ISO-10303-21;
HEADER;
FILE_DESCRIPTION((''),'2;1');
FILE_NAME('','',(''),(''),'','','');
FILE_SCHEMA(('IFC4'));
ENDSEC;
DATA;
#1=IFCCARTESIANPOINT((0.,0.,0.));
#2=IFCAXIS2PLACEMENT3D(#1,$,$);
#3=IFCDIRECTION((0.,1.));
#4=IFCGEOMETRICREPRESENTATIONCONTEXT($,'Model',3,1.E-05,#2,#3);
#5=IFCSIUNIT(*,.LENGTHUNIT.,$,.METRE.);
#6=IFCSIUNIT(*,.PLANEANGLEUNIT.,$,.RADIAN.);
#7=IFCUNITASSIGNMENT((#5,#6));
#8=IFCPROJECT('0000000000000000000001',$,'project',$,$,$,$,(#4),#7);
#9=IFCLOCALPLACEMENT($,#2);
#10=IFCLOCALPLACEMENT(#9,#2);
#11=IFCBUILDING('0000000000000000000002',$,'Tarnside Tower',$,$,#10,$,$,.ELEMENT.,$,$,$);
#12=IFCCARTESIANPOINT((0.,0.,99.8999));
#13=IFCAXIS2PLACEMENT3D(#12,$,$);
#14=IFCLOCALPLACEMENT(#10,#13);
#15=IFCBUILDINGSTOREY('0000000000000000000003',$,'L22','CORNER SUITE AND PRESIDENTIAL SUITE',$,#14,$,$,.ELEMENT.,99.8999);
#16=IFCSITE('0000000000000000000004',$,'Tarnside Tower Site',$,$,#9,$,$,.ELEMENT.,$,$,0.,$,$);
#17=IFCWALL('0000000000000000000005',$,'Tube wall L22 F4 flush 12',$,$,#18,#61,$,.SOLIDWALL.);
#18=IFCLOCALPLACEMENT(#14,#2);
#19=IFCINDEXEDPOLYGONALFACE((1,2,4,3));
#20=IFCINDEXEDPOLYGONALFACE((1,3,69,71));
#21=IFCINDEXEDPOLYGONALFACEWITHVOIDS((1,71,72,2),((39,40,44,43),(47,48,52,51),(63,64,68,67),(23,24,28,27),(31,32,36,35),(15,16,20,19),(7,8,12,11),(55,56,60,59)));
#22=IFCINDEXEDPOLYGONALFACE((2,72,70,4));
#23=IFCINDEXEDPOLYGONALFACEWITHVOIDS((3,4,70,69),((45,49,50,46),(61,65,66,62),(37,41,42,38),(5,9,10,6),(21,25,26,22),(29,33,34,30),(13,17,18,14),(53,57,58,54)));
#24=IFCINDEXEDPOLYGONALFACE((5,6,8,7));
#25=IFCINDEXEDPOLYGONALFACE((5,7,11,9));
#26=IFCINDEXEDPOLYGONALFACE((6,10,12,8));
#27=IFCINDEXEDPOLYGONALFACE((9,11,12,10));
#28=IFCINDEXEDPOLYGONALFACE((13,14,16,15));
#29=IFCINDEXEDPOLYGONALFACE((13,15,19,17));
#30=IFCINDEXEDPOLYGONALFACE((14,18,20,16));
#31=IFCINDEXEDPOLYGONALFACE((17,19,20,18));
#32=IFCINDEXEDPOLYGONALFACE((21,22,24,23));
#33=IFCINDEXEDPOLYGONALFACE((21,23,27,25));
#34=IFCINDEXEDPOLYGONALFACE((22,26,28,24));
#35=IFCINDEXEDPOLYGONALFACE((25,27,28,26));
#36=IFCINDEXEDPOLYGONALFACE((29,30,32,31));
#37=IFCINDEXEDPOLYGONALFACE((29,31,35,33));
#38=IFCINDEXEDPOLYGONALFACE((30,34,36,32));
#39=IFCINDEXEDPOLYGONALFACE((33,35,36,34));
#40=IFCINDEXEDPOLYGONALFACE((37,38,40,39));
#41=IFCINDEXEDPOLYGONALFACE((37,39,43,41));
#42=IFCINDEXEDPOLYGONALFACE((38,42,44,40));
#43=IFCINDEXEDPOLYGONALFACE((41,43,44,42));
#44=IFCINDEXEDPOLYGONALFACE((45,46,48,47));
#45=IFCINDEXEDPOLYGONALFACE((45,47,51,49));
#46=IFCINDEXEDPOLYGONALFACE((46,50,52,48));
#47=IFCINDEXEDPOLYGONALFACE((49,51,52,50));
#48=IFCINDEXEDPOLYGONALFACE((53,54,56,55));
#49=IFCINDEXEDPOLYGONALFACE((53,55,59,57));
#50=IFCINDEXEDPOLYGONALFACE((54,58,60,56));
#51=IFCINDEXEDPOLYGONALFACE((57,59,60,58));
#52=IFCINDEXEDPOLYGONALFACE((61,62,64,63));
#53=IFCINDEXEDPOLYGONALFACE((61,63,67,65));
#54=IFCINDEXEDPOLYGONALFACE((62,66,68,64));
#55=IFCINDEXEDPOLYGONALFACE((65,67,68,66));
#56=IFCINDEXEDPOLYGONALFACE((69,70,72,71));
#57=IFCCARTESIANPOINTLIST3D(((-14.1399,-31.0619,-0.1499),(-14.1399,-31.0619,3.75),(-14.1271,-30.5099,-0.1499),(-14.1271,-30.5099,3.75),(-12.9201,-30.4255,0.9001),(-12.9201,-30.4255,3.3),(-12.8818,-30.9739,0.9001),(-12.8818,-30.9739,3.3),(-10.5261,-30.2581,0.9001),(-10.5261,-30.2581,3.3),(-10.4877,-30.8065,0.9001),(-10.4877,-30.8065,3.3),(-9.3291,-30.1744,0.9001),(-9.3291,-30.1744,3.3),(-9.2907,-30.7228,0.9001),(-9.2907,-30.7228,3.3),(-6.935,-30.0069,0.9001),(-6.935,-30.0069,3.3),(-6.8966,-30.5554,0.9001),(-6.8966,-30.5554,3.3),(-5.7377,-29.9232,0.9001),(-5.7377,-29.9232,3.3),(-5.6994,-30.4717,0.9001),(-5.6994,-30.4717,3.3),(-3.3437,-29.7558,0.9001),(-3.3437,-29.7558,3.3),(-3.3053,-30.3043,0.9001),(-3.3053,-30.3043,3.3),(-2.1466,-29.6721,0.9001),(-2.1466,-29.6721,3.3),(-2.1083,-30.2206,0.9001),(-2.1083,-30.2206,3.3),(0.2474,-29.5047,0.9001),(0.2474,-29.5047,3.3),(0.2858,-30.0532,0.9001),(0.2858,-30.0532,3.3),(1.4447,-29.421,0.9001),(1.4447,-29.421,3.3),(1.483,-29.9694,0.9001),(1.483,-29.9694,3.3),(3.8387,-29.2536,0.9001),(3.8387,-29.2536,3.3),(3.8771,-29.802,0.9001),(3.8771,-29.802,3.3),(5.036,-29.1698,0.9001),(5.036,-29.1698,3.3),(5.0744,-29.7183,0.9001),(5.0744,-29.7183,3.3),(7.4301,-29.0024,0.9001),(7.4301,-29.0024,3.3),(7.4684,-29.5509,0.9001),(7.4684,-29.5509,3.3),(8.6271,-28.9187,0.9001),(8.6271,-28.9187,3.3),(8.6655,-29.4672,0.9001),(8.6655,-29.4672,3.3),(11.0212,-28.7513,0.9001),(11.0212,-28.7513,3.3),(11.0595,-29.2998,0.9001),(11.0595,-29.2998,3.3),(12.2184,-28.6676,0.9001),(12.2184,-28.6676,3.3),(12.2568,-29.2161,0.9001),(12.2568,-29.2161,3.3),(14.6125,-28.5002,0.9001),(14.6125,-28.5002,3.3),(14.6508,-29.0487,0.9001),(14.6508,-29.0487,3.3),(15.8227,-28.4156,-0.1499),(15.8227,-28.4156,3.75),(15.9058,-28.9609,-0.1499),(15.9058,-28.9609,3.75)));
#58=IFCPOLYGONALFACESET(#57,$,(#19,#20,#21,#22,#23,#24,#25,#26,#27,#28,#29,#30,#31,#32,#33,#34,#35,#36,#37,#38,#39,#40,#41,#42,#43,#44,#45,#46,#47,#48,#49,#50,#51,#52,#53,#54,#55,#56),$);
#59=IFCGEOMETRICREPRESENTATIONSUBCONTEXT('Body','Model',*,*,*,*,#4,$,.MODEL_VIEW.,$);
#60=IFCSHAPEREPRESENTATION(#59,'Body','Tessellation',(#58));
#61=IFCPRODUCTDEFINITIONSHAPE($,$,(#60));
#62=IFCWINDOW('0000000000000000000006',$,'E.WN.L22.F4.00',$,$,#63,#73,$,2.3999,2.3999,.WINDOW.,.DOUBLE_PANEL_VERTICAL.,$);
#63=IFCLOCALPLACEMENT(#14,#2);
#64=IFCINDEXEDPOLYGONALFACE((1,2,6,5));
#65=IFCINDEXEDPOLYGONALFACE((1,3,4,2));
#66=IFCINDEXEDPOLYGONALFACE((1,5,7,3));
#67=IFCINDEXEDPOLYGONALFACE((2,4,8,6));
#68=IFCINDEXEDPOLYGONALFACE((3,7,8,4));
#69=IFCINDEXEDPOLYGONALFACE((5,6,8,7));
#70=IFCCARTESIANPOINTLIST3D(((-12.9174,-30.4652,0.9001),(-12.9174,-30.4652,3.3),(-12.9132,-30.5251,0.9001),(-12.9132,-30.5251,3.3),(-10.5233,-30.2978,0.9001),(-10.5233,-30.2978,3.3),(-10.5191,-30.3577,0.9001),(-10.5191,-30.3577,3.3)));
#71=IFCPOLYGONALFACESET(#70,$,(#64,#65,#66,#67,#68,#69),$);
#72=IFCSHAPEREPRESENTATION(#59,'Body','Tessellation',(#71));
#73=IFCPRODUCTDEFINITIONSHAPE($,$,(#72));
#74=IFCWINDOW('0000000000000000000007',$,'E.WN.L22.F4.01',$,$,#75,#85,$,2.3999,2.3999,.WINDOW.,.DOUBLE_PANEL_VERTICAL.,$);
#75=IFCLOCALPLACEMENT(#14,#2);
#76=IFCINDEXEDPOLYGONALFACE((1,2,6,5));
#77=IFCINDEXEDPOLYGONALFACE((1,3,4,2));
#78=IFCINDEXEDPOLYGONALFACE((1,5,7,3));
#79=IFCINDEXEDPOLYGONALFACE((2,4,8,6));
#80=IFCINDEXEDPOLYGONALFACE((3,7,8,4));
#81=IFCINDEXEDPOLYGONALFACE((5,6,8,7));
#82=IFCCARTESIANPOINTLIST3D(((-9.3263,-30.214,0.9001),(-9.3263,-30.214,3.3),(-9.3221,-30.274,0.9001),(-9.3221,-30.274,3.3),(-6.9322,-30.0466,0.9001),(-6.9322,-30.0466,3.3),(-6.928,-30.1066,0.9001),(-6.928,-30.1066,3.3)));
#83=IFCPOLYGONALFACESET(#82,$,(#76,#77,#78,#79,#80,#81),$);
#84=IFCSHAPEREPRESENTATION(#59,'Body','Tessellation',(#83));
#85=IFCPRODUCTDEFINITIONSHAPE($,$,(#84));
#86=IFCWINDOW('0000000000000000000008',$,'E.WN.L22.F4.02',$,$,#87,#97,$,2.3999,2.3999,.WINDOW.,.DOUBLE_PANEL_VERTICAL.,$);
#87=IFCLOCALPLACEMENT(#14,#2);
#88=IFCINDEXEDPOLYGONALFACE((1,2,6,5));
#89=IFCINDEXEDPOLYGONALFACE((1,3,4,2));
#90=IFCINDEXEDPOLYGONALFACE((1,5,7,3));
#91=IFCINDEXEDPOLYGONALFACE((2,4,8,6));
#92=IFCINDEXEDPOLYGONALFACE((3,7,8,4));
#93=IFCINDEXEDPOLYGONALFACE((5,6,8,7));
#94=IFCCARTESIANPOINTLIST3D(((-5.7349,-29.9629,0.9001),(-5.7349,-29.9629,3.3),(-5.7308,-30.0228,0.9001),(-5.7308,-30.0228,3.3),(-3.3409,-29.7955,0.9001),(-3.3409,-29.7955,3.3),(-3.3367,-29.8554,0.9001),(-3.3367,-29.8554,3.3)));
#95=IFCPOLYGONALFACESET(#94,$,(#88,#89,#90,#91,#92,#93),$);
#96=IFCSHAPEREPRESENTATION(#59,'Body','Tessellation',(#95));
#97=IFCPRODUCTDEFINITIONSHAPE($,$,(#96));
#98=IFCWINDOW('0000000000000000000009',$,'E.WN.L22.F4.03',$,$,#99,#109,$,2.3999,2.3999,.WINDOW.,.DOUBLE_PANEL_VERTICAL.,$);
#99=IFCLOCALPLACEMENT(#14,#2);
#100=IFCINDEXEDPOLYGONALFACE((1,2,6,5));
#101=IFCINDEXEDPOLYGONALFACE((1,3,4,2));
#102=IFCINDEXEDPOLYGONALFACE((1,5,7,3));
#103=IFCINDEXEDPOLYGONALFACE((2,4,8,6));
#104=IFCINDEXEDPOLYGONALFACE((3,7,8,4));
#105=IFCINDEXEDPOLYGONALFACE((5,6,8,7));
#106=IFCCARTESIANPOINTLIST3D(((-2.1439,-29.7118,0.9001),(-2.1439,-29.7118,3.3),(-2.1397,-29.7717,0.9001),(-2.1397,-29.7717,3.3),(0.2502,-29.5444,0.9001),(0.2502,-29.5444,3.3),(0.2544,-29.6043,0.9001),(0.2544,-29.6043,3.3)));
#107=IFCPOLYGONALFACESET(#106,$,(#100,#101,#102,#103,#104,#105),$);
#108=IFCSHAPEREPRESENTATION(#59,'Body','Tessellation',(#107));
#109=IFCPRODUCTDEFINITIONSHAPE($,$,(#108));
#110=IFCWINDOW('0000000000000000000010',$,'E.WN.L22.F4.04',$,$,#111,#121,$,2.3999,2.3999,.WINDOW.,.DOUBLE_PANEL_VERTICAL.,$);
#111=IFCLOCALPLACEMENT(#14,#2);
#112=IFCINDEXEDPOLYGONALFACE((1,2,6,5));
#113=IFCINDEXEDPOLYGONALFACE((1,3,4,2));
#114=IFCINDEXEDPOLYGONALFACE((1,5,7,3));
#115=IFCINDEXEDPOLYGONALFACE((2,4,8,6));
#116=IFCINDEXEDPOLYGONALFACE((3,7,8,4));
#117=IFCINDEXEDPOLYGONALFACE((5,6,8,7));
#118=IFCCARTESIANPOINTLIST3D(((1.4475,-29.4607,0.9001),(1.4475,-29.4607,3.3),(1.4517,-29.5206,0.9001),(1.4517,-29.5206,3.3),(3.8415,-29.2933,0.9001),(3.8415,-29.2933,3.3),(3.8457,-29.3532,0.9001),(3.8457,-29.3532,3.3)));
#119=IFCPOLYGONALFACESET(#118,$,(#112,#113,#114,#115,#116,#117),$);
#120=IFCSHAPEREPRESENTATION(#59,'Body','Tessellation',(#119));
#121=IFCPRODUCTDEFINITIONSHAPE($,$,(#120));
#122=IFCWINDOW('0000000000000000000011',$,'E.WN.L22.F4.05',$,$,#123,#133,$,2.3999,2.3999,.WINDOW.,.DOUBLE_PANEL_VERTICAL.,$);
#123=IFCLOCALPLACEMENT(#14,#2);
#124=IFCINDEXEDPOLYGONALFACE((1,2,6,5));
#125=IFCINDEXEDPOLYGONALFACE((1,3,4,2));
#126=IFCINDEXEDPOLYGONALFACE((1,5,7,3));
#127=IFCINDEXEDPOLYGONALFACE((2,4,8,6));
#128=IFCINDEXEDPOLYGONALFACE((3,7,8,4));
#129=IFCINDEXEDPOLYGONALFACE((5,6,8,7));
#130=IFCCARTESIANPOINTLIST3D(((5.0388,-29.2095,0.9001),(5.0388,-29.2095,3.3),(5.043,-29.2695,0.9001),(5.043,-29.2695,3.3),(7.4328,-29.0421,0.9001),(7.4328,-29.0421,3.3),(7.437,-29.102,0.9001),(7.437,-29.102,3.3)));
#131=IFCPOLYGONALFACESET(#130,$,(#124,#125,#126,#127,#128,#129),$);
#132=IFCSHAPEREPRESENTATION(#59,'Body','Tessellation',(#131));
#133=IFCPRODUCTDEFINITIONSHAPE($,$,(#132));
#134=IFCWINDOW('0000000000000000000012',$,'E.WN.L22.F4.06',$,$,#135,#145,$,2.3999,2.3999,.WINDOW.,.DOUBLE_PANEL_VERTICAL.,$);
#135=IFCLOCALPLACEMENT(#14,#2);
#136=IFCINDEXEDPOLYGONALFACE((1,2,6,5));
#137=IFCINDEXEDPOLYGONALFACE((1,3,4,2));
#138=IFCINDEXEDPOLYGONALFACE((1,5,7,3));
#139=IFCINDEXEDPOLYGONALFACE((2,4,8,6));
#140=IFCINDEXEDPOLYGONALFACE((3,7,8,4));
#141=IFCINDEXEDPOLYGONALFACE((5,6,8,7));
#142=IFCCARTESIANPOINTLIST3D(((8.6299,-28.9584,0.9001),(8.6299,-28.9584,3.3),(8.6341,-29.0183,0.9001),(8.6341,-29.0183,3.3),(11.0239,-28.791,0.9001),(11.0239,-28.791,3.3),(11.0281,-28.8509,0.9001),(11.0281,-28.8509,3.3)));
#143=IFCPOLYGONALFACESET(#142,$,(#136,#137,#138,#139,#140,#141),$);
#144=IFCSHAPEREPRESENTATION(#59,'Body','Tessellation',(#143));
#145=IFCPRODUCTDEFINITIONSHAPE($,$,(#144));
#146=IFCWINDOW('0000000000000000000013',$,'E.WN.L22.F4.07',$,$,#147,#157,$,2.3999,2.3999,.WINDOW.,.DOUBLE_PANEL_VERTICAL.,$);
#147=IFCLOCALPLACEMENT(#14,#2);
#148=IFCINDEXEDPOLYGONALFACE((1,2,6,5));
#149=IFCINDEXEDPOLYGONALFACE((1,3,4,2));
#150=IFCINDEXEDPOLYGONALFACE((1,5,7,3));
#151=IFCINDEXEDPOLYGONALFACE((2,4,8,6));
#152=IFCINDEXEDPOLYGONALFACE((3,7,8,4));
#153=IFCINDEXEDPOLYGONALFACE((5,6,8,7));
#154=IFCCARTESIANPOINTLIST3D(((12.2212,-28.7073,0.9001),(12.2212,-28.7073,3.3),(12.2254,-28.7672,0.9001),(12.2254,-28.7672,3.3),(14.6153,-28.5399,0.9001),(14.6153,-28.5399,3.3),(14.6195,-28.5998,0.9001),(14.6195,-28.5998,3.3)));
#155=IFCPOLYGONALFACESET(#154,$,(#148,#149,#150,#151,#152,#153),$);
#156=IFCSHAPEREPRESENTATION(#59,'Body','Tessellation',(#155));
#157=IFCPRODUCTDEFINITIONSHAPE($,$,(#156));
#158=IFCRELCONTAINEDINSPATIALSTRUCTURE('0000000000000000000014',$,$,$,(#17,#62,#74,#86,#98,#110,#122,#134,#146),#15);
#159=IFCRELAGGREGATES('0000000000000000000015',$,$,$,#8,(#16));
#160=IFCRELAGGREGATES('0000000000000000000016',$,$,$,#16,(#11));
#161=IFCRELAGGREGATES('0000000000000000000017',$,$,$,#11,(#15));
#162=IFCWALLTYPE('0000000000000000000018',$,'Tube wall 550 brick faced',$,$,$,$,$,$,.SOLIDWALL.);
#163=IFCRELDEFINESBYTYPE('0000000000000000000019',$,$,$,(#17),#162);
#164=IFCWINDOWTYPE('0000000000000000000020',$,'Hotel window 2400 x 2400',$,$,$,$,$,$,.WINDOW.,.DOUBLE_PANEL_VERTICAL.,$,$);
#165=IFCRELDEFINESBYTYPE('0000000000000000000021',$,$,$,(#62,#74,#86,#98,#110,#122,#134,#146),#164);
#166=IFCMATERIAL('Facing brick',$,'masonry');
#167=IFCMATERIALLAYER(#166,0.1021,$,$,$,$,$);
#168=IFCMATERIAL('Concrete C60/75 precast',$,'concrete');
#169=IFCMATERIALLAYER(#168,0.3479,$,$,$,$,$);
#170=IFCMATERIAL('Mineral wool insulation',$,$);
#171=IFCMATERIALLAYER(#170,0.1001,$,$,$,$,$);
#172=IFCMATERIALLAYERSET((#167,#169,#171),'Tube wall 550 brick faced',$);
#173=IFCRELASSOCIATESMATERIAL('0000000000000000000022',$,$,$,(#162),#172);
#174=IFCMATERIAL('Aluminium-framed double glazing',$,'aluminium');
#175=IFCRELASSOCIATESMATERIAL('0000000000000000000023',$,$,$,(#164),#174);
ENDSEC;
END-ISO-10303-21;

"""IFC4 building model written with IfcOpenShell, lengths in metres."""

from ifc_helpers import new_model, si_unit, direction, frame, frame_2d, origin, place, context, subcontext, project, spatial, polyline, rectangle, outline, extrude, material, layer, layer_set, type_object, element, fill, save


model = new_model("IFC4")

# Units and contexts
model_context = context("Model", 3, precision=1e-05, world=origin(), true_north=direction((0.0, 1.0)))
body_context = subcontext(model_context, "Body", "Model", "MODEL_VIEW")
ifc_project = project(units=[si_unit("LENGTHUNIT", "METRE"), si_unit("PLANEANGLEUNIT", "RADIAN")], contexts=[model_context])

# Site, building, storey
site_placement = place(None, origin())
site = spatial("IfcSite", under=ifc_project, at=site_placement, Name="Tarnside Tower Site", CompositionType="ELEMENT", RefElevation=0.0)
building_placement = place(site_placement, origin())
building = spatial("IfcBuilding", under=site, at=building_placement, Name="Tarnside Tower", CompositionType="ELEMENT")
storey_placement = place(building_placement, frame((0.0, 0.0, 99.8999)))
storey = spatial("IfcBuildingStorey", under=building, at=storey_placement, Name="L22", Description="CORNER SUITE AND PRESIDENTIAL SUITE", CompositionType="ELEMENT", Elevation=99.8999)

# Shared definitions
ifc_material_1 = material(Name="Facing brick", Category="masonry")
ifc_layer_1 = layer(ifc_material_1, 0.1021)
ifc_material_2 = material(Name="Concrete C60/75 precast", Category="concrete")
ifc_layer_2 = layer(ifc_material_2, 0.3479)
ifc_material_3 = material(Name="Mineral wool insulation")
ifc_layer_3 = layer(ifc_material_3, 0.1001)
ifc_layer_set_1 = layer_set([ifc_layer_1, ifc_layer_2, ifc_layer_3], Name="Tube wall 550 brick faced")
wall_type_1 = type_object("IfcWallType", Name="Tube wall 550 brick faced", PredefinedType="SOLIDWALL", material=ifc_layer_set_1)

# Wall, openings, windows
wall_1_placement = place(storey_placement, frame((-14.1335, -30.7859, -0.1499), z_axis=(0.0, 0.0, 1.0), x_axis=(0.997564, 0.069757, 0.0)))
wall_1 = element("IfcWall", 1, at=wall_1_placement, inside=storey, type_object=wall_type_1, Name="Tube wall L22 F4 flush 12", PredefinedType="SOLIDWALL", context=body_context, shape_type="SweptSolid", body=[
    extrude(outline(polyline([(-0.0256, -0.2749), (30.0935, -0.2749), (30.0486, 0.2749), (0.0256, 0.2749), (-0.0256, -0.2749)])), origin(), (0.0, 0.0, 1.0), 3.8999),
])
opening_1_placement = place(wall_1_placement, frame((1.2356, 0.0, 1.05)))
opening_1 = element("IfcOpeningElement", 2, at=opening_1_placement, cuts=wall_1, PredefinedType="OPENING", context=body_context, shape_type="SweptSolid", body=[
    extrude(rectangle(XDim=2.3999, YDim=2.3999, at=frame_2d((1.2, 1.2))), frame((0.0, 0.2852, 0.0), z_axis=(0.0, -1.0, 0.0), x_axis=(1.0, 0.0, 0.0)), (0.0, 0.0, 1.0), 0.5701),
])
opening_2_placement = place(wall_1_placement, frame((4.8354, 0.0, 1.05)))
opening_2 = element("IfcOpeningElement", 3, at=opening_2_placement, cuts=wall_1, PredefinedType="OPENING", context=body_context, shape_type="SweptSolid", body=[
    extrude(rectangle(XDim=2.3999, YDim=2.3999, at=frame_2d((1.2, 1.2))), frame((0.0, 0.2852, 0.0), z_axis=(0.0, -1.0, 0.0), x_axis=(1.0, 0.0, 0.0)), (0.0, 0.0, 1.0), 0.5701),
])
opening_3_placement = place(wall_1_placement, frame((8.4355, 0.0, 1.05)))
opening_3 = element("IfcOpeningElement", 4, at=opening_3_placement, cuts=wall_1, PredefinedType="OPENING", context=body_context, shape_type="SweptSolid", body=[
    extrude(rectangle(XDim=2.3999, YDim=2.3999, at=frame_2d((1.2, 1.2))), frame((0.0, 0.2852, 0.0), z_axis=(0.0, -1.0, 0.0), x_axis=(1.0, 0.0, 0.0)), (0.0, 0.0, 1.0), 0.5701),
])
opening_4_placement = place(wall_1_placement, frame((12.0354, 0.0, 1.05)))
opening_4 = element("IfcOpeningElement", 5, at=opening_4_placement, cuts=wall_1, PredefinedType="OPENING", context=body_context, shape_type="SweptSolid", body=[
    extrude(rectangle(XDim=2.3999, YDim=2.3999, at=frame_2d((1.2, 1.2))), frame((0.0, 0.2852, 0.0), z_axis=(0.0, -1.0, 0.0), x_axis=(1.0, 0.0, 0.0)), (0.0, 0.0, 1.0), 0.5701),
])
opening_5_placement = place(wall_1_placement, frame((15.6355, 0.0, 1.05)))
opening_5 = element("IfcOpeningElement", 6, at=opening_5_placement, cuts=wall_1, PredefinedType="OPENING", context=body_context, shape_type="SweptSolid", body=[
    extrude(rectangle(XDim=2.3999, YDim=2.3999, at=frame_2d((1.2, 1.2))), frame((0.0, 0.2852, 0.0), z_axis=(0.0, -1.0, 0.0), x_axis=(1.0, 0.0, 0.0)), (0.0, 0.0, 1.0), 0.5701),
])
opening_6_placement = place(wall_1_placement, frame((19.2356, 0.0, 1.05)))
opening_6 = element("IfcOpeningElement", 7, at=opening_6_placement, cuts=wall_1, PredefinedType="OPENING", context=body_context, shape_type="SweptSolid", body=[
    extrude(rectangle(XDim=2.3999, YDim=2.3999, at=frame_2d((1.2, 1.2))), frame((0.0, 0.2852, 0.0), z_axis=(0.0, -1.0, 0.0), x_axis=(1.0, 0.0, 0.0)), (0.0, 0.0, 1.0), 0.5701),
])
opening_7_placement = place(wall_1_placement, frame((22.8354, 0.0, 1.05)))
opening_7 = element("IfcOpeningElement", 8, at=opening_7_placement, cuts=wall_1, PredefinedType="OPENING", context=body_context, shape_type="SweptSolid", body=[
    extrude(rectangle(XDim=2.3999, YDim=2.3999, at=frame_2d((1.2, 1.2))), frame((0.0, 0.2852, 0.0), z_axis=(0.0, -1.0, 0.0), x_axis=(1.0, 0.0, 0.0)), (0.0, 0.0, 1.0), 0.5701),
])
opening_8_placement = place(wall_1_placement, frame((26.4355, 0.0, 1.05)))
opening_8 = element("IfcOpeningElement", 9, at=opening_8_placement, cuts=wall_1, PredefinedType="OPENING", context=body_context, shape_type="SweptSolid", body=[
    extrude(rectangle(XDim=2.3999, YDim=2.3999, at=frame_2d((1.2, 1.2))), frame((0.0, 0.2852, 0.0), z_axis=(0.0, -1.0, 0.0), x_axis=(1.0, 0.0, 0.0)), (0.0, 0.0, 1.0), 0.5701),
])
ifc_material_4 = material(Name="Aluminium-framed double glazing", Category="aluminium")
window_type = type_object("IfcWindowType", Name="Hotel window 2400 x 2400", PartitioningType="DOUBLE_PANEL_VERTICAL", PredefinedType="WINDOW", material=ifc_material_4)
window_1_placement = place(opening_1_placement, frame((0.0, 0.2051, 0.0)))
window_1 = element("IfcWindow", 10, at=window_1_placement, inside=storey, type_object=window_type, Name="E.WN.L22.F4.00", OverallHeight=2.3999, OverallWidth=2.3999, PartitioningType="DOUBLE_PANEL_VERTICAL", PredefinedType="WINDOW", context=body_context, shape_type="SweptSolid", body=[
    extrude(rectangle(XDim=2.3999, YDim=2.3999, at=frame_2d((1.2, 1.2))), frame((0.0, 0.03, 0.0), z_axis=(0.0, -1.0, 0.0), x_axis=(1.0, 0.0, 0.0)), (0.0, 0.0, 1.0), 0.0601),
])
fill(opening_1, window_1)
window_2_placement = place(opening_2_placement, frame((0.0, 0.2051, 0.0)))
window_2 = element("IfcWindow", 11, at=window_2_placement, inside=storey, type_object=window_type, Name="E.WN.L22.F4.01", OverallHeight=2.3999, OverallWidth=2.3999, PartitioningType="DOUBLE_PANEL_VERTICAL", PredefinedType="WINDOW", context=body_context, shape_type="SweptSolid", body=[
    extrude(rectangle(XDim=2.3999, YDim=2.3999, at=frame_2d((1.2, 1.2))), frame((0.0, 0.03, 0.0), z_axis=(0.0, -1.0, 0.0), x_axis=(1.0, 0.0, 0.0)), (0.0, 0.0, 1.0), 0.0601),
])
fill(opening_2, window_2)
window_3_placement = place(opening_3_placement, frame((0.0, 0.2051, 0.0)))
window_3 = element("IfcWindow", 12, at=window_3_placement, inside=storey, type_object=window_type, Name="E.WN.L22.F4.02", OverallHeight=2.3999, OverallWidth=2.3999, PartitioningType="DOUBLE_PANEL_VERTICAL", PredefinedType="WINDOW", context=body_context, shape_type="SweptSolid", body=[
    extrude(rectangle(XDim=2.3999, YDim=2.3999, at=frame_2d((1.2, 1.2))), frame((0.0, 0.03, 0.0), z_axis=(0.0, -1.0, 0.0), x_axis=(1.0, 0.0, 0.0)), (0.0, 0.0, 1.0), 0.0601),
])
fill(opening_3, window_3)
window_4_placement = place(opening_4_placement, frame((0.0, 0.2051, 0.0)))
window_4 = element("IfcWindow", 13, at=window_4_placement, inside=storey, type_object=window_type, Name="E.WN.L22.F4.03", OverallHeight=2.3999, OverallWidth=2.3999, PartitioningType="DOUBLE_PANEL_VERTICAL", PredefinedType="WINDOW", context=body_context, shape_type="SweptSolid", body=[
    extrude(rectangle(XDim=2.3999, YDim=2.3999, at=frame_2d((1.2, 1.2))), frame((0.0, 0.03, 0.0), z_axis=(0.0, -1.0, 0.0), x_axis=(1.0, 0.0, 0.0)), (0.0, 0.0, 1.0), 0.0601),
])
fill(opening_4, window_4)
window_5_placement = place(opening_5_placement, frame((0.0, 0.2051, 0.0)))
window_5 = element("IfcWindow", 14, at=window_5_placement, inside=storey, type_object=window_type, Name="E.WN.L22.F4.04", OverallHeight=2.3999, OverallWidth=2.3999, PartitioningType="DOUBLE_PANEL_VERTICAL", PredefinedType="WINDOW", context=body_context, shape_type="SweptSolid", body=[
    extrude(rectangle(XDim=2.3999, YDim=2.3999, at=frame_2d((1.2, 1.2))), frame((0.0, 0.03, 0.0), z_axis=(0.0, -1.0, 0.0), x_axis=(1.0, 0.0, 0.0)), (0.0, 0.0, 1.0), 0.0601),
])
fill(opening_5, window_5)
window_6_placement = place(opening_6_placement, frame((0.0, 0.2051, 0.0)))
window_6 = element("IfcWindow", 15, at=window_6_placement, inside=storey, type_object=window_type, Name="E.WN.L22.F4.05", OverallHeight=2.3999, OverallWidth=2.3999, PartitioningType="DOUBLE_PANEL_VERTICAL", PredefinedType="WINDOW", context=body_context, shape_type="SweptSolid", body=[
    extrude(rectangle(XDim=2.3999, YDim=2.3999, at=frame_2d((1.2, 1.2))), frame((0.0, 0.03, 0.0), z_axis=(0.0, -1.0, 0.0), x_axis=(1.0, 0.0, 0.0)), (0.0, 0.0, 1.0), 0.0601),
])
fill(opening_6, window_6)
window_7_placement = place(opening_7_placement, frame((0.0, 0.2051, 0.0)))
window_7 = element("IfcWindow", 16, at=window_7_placement, inside=storey, type_object=window_type, Name="E.WN.L22.F4.06", OverallHeight=2.3999, OverallWidth=2.3999, PartitioningType="DOUBLE_PANEL_VERTICAL", PredefinedType="WINDOW", context=body_context, shape_type="SweptSolid", body=[
    extrude(rectangle(XDim=2.3999, YDim=2.3999, at=frame_2d((1.2, 1.2))), frame((0.0, 0.03, 0.0), z_axis=(0.0, -1.0, 0.0), x_axis=(1.0, 0.0, 0.0)), (0.0, 0.0, 1.0), 0.0601),
])
fill(opening_7, window_7)
window_8_placement = place(opening_8_placement, frame((0.0, 0.2051, 0.0)))
window_8 = element("IfcWindow", 17, at=window_8_placement, inside=storey, type_object=window_type, Name="E.WN.L22.F4.07", OverallHeight=2.3999, OverallWidth=2.3999, PartitioningType="DOUBLE_PANEL_VERTICAL", PredefinedType="WINDOW", context=body_context, shape_type="SweptSolid", body=[
    extrude(rectangle(XDim=2.3999, YDim=2.3999, at=frame_2d((1.2, 1.2))), frame((0.0, 0.03, 0.0), z_axis=(0.0, -1.0, 0.0), x_axis=(1.0, 0.0, 0.0)), (0.0, 0.0, 1.0), 0.0601),
])
fill(opening_8, window_8)

save(model, "model.ifc")
